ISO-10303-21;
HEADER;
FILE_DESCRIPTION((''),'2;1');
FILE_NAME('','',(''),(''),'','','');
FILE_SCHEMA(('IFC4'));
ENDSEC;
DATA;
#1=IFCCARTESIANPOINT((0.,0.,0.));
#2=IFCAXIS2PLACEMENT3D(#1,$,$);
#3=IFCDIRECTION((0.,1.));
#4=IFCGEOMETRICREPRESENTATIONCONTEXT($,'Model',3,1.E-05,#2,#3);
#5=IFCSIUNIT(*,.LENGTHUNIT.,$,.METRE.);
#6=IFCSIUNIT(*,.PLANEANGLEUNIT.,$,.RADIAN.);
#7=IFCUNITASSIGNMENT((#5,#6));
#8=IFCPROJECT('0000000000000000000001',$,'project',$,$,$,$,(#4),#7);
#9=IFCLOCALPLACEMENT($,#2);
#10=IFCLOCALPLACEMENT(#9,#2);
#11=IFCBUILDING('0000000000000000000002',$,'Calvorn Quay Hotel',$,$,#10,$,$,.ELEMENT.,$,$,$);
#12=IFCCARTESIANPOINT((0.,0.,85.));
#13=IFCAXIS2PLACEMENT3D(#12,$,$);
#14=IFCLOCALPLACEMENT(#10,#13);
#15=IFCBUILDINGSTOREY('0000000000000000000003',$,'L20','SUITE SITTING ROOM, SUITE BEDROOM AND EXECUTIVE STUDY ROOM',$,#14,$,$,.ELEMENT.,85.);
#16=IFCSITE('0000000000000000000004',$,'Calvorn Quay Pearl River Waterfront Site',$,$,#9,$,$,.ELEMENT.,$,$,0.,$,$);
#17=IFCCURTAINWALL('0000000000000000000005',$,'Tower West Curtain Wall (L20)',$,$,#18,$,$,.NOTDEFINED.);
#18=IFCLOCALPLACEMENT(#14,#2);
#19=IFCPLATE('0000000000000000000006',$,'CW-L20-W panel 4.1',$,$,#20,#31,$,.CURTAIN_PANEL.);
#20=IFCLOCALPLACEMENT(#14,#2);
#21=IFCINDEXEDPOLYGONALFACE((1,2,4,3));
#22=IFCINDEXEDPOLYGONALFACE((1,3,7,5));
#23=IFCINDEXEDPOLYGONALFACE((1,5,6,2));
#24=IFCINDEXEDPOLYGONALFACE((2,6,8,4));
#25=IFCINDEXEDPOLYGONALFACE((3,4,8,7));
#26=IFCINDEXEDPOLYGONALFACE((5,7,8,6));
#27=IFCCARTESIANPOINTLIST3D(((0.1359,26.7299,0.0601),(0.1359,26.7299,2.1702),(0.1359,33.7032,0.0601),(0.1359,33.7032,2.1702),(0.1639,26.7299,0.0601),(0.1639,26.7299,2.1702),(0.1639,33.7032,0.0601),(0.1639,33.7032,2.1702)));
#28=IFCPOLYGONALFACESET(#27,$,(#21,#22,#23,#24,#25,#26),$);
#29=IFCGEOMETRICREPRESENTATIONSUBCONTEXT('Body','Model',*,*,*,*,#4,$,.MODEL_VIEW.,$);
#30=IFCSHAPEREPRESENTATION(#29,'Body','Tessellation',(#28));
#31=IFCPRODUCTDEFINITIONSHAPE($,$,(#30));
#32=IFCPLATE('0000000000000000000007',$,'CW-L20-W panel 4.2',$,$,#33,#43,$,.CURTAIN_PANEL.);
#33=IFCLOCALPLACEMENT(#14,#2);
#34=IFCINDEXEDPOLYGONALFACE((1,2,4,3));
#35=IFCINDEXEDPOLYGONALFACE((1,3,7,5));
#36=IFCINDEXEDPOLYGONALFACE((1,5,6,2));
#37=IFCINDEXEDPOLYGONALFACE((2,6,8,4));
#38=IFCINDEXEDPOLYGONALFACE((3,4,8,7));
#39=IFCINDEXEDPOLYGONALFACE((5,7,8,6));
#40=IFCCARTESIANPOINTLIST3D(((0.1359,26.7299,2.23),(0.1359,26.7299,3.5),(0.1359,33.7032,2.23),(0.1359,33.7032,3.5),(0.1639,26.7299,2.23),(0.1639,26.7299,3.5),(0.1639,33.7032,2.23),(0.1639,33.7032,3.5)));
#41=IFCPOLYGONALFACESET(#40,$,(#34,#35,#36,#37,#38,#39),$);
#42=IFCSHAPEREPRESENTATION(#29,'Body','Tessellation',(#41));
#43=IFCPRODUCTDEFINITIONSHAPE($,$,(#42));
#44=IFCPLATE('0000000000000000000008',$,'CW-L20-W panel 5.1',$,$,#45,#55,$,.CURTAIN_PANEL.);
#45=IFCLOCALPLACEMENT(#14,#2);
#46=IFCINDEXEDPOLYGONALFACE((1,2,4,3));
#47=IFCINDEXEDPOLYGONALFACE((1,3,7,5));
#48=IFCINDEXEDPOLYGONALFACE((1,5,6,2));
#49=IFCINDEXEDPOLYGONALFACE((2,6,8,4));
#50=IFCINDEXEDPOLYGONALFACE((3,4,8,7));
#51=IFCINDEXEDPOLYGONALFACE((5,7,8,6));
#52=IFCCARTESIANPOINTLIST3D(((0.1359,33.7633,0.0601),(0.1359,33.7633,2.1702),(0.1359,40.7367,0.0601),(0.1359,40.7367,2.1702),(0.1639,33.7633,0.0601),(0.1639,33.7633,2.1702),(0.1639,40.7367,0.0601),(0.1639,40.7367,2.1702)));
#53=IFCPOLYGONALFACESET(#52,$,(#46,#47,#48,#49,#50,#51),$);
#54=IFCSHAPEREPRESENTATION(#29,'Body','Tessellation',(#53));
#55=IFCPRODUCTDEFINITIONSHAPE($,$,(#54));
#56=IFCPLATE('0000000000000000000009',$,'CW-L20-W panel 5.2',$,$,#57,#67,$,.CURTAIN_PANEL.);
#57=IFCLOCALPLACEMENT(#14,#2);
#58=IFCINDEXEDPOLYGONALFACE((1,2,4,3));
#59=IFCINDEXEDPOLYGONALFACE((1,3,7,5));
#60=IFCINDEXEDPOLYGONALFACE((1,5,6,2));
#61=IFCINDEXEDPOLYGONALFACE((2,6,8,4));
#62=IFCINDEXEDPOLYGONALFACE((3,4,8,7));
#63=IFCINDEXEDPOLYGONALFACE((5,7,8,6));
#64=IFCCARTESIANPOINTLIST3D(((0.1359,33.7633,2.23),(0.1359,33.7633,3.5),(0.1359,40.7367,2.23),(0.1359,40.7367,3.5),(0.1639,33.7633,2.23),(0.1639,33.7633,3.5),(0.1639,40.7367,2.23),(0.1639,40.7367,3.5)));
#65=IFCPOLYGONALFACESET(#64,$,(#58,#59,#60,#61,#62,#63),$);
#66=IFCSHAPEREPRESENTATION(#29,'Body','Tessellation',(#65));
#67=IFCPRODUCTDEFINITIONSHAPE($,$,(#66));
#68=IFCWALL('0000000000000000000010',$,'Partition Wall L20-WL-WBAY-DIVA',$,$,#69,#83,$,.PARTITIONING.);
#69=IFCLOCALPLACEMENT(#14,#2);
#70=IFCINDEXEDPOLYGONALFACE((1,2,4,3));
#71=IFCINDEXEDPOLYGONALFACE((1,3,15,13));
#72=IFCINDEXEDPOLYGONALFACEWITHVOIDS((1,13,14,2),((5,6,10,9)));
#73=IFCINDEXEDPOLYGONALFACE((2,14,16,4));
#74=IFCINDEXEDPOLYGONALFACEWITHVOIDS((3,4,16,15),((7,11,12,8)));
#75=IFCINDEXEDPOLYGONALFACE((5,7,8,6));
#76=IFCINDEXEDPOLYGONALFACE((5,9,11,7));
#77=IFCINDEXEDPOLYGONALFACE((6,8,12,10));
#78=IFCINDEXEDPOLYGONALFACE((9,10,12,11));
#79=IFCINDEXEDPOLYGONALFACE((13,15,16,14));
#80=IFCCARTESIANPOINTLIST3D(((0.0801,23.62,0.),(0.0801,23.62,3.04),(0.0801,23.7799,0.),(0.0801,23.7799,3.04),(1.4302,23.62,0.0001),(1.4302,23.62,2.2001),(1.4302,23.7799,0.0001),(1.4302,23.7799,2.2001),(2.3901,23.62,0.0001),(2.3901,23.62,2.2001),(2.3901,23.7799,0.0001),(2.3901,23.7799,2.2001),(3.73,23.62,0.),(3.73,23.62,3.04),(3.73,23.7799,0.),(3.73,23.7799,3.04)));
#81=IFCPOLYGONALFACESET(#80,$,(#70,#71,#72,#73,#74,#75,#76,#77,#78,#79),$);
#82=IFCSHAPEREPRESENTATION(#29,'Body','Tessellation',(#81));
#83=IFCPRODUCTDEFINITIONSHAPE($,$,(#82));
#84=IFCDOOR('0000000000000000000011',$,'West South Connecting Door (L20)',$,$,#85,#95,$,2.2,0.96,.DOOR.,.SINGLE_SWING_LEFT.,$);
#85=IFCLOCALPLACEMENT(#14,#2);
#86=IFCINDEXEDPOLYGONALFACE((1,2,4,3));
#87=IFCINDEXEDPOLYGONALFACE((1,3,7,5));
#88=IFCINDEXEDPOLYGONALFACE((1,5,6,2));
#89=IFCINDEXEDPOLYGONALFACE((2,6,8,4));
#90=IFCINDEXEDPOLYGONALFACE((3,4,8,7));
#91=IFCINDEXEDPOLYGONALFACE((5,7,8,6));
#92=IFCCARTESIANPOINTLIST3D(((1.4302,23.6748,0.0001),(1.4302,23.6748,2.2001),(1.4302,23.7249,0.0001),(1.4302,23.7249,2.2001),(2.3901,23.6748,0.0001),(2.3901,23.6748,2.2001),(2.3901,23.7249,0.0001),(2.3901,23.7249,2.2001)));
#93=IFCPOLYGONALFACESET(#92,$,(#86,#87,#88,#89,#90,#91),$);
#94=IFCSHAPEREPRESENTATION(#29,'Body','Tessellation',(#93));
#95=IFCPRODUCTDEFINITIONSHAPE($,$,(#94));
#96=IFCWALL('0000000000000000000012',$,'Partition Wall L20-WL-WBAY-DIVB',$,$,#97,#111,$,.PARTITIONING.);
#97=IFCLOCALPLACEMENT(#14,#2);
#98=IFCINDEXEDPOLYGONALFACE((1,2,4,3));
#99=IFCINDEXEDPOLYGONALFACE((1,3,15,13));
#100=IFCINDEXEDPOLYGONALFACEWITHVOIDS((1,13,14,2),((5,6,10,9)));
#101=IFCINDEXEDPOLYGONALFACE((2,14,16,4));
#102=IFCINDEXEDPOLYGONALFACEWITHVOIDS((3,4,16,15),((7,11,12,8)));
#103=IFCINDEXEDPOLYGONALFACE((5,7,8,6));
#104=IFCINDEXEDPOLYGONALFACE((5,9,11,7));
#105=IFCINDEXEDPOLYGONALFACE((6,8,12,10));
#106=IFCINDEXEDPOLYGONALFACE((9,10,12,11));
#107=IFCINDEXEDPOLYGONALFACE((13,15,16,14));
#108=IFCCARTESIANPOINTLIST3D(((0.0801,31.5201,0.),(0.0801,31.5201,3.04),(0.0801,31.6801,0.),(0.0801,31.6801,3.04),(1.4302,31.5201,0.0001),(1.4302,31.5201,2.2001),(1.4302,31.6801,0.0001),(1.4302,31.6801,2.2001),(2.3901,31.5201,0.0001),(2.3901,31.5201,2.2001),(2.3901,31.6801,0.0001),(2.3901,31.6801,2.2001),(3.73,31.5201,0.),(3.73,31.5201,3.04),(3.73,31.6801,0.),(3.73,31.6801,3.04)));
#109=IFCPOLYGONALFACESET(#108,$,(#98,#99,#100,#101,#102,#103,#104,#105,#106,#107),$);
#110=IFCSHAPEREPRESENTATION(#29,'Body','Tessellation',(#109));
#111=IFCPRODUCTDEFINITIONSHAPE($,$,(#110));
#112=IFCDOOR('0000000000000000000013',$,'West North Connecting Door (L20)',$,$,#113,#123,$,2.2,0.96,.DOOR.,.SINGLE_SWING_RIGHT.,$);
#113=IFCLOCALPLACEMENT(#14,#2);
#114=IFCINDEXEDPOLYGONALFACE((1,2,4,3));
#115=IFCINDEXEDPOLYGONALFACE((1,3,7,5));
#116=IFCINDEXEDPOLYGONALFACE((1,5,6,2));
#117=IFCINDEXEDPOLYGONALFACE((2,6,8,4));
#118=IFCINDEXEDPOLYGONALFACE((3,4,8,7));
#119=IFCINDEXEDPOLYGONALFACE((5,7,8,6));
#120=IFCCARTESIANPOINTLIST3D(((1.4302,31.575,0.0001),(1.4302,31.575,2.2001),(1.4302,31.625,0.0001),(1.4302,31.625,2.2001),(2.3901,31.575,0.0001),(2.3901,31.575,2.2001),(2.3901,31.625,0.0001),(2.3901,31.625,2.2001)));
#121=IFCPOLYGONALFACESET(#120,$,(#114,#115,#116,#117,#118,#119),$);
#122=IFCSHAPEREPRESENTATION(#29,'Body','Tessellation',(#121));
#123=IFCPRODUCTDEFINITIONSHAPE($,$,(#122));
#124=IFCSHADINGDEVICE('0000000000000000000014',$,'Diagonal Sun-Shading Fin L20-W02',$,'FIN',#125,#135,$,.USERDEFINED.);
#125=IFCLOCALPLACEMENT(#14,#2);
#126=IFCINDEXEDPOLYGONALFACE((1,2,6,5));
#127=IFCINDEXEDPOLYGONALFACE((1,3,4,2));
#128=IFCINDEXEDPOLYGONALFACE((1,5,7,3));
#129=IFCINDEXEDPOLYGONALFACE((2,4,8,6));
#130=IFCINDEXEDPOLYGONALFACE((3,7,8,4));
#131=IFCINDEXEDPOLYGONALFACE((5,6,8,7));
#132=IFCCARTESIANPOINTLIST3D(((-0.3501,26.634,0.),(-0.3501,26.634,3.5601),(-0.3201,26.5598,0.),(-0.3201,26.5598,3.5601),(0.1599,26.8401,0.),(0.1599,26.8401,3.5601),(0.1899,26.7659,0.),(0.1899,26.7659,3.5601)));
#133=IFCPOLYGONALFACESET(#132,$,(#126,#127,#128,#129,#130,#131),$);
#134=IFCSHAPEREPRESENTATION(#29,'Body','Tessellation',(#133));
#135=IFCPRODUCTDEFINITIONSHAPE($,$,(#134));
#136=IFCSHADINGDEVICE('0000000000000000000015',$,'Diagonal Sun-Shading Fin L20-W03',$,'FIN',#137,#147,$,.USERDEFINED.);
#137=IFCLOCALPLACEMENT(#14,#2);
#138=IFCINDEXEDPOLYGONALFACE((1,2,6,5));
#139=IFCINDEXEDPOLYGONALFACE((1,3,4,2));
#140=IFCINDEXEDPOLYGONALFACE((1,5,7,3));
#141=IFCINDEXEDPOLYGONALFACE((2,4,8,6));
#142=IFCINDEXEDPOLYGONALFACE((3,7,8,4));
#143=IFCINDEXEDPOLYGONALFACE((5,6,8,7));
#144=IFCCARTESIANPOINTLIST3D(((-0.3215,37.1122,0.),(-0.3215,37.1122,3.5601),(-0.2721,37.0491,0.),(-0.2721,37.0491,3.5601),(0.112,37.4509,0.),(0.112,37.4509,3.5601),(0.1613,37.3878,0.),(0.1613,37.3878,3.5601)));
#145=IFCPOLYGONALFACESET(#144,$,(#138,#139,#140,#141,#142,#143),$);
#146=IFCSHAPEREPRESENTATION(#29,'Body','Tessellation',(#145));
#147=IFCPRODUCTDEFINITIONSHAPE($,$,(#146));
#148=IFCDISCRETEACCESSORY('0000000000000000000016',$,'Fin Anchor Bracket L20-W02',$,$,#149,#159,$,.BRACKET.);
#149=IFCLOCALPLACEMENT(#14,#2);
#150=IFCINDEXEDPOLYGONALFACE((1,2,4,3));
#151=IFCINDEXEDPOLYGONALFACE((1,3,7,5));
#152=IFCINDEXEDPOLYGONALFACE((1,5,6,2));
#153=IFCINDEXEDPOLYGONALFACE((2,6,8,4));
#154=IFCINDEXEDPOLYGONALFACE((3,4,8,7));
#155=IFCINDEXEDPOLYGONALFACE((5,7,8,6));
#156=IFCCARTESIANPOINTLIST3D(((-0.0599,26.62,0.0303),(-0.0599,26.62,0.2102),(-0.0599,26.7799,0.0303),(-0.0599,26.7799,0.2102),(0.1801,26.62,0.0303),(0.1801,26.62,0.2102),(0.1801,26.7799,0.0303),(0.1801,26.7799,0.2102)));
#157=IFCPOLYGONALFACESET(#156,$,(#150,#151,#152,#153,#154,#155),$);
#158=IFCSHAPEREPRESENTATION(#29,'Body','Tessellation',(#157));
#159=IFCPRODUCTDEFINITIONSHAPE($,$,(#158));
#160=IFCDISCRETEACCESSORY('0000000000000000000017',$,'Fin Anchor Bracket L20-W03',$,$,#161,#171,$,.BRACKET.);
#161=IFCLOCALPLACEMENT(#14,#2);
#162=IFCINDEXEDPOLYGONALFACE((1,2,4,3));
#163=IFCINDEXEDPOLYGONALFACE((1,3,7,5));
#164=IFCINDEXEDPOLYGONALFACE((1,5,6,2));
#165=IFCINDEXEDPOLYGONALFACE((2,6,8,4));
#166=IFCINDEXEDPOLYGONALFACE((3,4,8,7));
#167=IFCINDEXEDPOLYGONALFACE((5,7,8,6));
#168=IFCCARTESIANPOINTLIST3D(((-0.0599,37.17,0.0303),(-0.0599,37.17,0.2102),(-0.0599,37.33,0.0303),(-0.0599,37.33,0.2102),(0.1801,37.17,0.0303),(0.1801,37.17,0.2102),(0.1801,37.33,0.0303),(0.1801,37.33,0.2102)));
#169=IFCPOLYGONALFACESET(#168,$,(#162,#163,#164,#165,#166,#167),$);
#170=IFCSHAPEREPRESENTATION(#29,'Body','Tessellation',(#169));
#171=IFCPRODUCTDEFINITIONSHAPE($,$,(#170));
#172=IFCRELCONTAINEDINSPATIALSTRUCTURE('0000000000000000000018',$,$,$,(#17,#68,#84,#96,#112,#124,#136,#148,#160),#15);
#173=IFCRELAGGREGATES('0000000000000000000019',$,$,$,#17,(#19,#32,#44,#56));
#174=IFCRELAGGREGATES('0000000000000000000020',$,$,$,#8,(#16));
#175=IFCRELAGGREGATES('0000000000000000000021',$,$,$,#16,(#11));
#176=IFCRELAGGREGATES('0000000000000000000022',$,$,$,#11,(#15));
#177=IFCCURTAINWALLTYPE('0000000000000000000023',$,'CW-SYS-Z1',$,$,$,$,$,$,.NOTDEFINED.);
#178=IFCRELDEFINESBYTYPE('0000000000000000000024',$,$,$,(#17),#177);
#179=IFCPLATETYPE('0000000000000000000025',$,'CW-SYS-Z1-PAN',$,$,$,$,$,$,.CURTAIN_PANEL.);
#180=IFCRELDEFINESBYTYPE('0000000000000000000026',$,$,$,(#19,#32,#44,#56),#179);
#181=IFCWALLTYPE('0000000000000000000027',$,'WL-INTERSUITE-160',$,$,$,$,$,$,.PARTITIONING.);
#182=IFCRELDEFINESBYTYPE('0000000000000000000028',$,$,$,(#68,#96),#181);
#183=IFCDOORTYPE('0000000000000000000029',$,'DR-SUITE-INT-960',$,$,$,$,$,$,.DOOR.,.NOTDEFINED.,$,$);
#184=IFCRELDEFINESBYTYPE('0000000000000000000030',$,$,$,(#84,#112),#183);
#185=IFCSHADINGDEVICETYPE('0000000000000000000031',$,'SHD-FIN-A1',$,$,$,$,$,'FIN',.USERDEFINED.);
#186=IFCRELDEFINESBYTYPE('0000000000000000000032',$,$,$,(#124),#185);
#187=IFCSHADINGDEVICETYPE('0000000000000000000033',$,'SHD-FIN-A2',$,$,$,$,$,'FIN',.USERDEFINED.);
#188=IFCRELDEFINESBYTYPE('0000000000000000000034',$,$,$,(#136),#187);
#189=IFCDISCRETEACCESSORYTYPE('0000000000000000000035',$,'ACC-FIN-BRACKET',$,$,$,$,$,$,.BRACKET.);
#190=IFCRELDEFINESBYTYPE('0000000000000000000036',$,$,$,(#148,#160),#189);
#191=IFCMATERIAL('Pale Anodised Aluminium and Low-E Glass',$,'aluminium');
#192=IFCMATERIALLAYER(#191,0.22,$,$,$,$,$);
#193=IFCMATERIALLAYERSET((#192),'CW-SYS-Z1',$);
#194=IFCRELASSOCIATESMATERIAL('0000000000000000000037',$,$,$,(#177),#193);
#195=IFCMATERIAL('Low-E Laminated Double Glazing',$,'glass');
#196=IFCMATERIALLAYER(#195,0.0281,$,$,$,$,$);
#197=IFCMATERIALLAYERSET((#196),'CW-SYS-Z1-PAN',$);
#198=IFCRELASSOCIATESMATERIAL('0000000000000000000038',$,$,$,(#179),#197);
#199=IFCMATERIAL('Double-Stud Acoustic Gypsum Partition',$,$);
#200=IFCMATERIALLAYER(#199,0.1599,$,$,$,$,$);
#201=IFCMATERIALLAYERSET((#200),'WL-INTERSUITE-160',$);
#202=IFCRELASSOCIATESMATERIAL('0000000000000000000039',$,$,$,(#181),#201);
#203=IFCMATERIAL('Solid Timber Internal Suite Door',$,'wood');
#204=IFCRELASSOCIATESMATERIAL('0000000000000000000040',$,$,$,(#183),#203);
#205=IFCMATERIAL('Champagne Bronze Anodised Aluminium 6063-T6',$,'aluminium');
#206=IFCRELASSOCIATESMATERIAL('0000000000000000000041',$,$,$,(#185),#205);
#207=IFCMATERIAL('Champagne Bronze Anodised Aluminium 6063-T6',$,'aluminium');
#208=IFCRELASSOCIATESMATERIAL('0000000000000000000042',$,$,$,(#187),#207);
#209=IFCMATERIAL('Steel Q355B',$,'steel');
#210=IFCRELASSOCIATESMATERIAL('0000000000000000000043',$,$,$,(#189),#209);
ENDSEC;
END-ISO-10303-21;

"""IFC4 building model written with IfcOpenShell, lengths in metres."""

from ifc_helpers import new_model, si_unit, direction, frame, frame_2d, origin, origin_2d, place, context, subcontext, project, spatial, rectangle, extrude, material, layer, layer_set, type_object, element, fill, aggregate, save


model = new_model("IFC4")

# Units and contexts
model_context = context("Model", 3, precision=1e-05, world=origin(), true_north=direction((0.0, 1.0)))
body_context = subcontext(model_context, "Body", "Model", "MODEL_VIEW")
ifc_project = project(units=[si_unit("LENGTHUNIT", "METRE"), si_unit("PLANEANGLEUNIT", "RADIAN")], contexts=[model_context])

# Site, building, storey
site_placement = place(None, origin())
site = spatial("IfcSite", under=ifc_project, at=site_placement, Name="Calvorn Quay Pearl River Waterfront Site", CompositionType="ELEMENT", RefElevation=0.0)
building_placement = place(site_placement, origin())
building = spatial("IfcBuilding", under=site, at=building_placement, Name="Calvorn Quay Hotel", CompositionType="ELEMENT")
storey_placement = place(building_placement, frame((0.0, 0.0, 85.0)))
storey = spatial("IfcBuildingStorey", under=building, at=storey_placement, Name="L20", Description="SUITE SITTING ROOM, SUITE BEDROOM AND EXECUTIVE STUDY ROOM", CompositionType="ELEMENT", Elevation=85.0)

# Curtain wall, plates
ifc_material_1 = material(Name="Pale Anodised Aluminium and Low-E Glass", Category="aluminium")
ifc_layer_1 = layer(ifc_material_1, 0.22)
ifc_layer_set_1 = layer_set([ifc_layer_1], Name="CW-SYS-Z1")
curtain_wall_type = type_object("IfcCurtainWallType", Name="CW-SYS-Z1", PredefinedType="NOTDEFINED", material=ifc_layer_set_1)
curtain_wall_placement = place(storey_placement, origin())
curtain_wall = element("IfcCurtainWall", 1, at=curtain_wall_placement, inside=storey, type_object=curtain_wall_type, Name="Tower West Curtain Wall (L20)", PredefinedType="NOTDEFINED")
ifc_material_2 = material(Name="Low-E Laminated Double Glazing", Category="glass")
ifc_layer_2 = layer(ifc_material_2, 0.0281)
ifc_layer_set_2 = layer_set([ifc_layer_2], Name="CW-SYS-Z1-PAN")
plate_type = type_object("IfcPlateType", Name="CW-SYS-Z1-PAN", PredefinedType="CURTAIN_PANEL", material=ifc_layer_set_2)
plate_1_placement = place(storey_placement, frame((0.1499, 30.2166, 0.0601), z_axis=(0.0, 0.0, 1.0), x_axis=(0.0, 1.0, 0.0)))
plate_1 = element("IfcPlate", 2, at=plate_1_placement, type_object=plate_type, Name="CW-L20-W panel 4.1", PredefinedType="CURTAIN_PANEL", context=body_context, shape_type="SweptSolid", body=[
    extrude(rectangle(XDim=6.9734, YDim=0.0281, at=origin_2d()), origin(), (0.0, 0.0, 1.0), 2.1101),
])
plate_2_placement = place(storey_placement, frame((0.1499, 30.2166, 2.23), z_axis=(0.0, 0.0, 1.0), x_axis=(0.0, 1.0, 0.0)))
plate_2 = element("IfcPlate", 3, at=plate_2_placement, type_object=plate_type, Name="CW-L20-W panel 4.2", PredefinedType="CURTAIN_PANEL", context=body_context, shape_type="SweptSolid", body=[
    extrude(rectangle(XDim=6.9734, YDim=0.0281, at=origin_2d()), origin(), (0.0, 0.0, 1.0), 1.27),
])
plate_3_placement = place(storey_placement, frame((0.1499, 37.25, 0.0601), z_axis=(0.0, 0.0, 1.0), x_axis=(0.0, 1.0, 0.0)))
plate_3 = element("IfcPlate", 4, at=plate_3_placement, type_object=plate_type, Name="CW-L20-W panel 5.1", PredefinedType="CURTAIN_PANEL", context=body_context, shape_type="SweptSolid", body=[
    extrude(rectangle(XDim=6.9734, YDim=0.0281, at=origin_2d()), origin(), (0.0, 0.0, 1.0), 2.1101),
])
plate_4_placement = place(storey_placement, frame((0.1499, 37.25, 2.23), z_axis=(0.0, 0.0, 1.0), x_axis=(0.0, 1.0, 0.0)))
plate_4 = element("IfcPlate", 5, at=plate_4_placement, type_object=plate_type, Name="CW-L20-W panel 5.2", PredefinedType="CURTAIN_PANEL", context=body_context, shape_type="SweptSolid", body=[
    extrude(rectangle(XDim=6.9734, YDim=0.0281, at=origin_2d()), origin(), (0.0, 0.0, 1.0), 1.27),
])
aggregate(curtain_wall, [plate_1, plate_2, plate_3, plate_4])

# Walls, openings, doors
ifc_material_3 = material(Name="Double-Stud Acoustic Gypsum Partition")
ifc_layer_3 = layer(ifc_material_3, 0.1599)
ifc_layer_set_3 = layer_set([ifc_layer_3], Name="WL-INTERSUITE-160")
wall_type = type_object("IfcWallType", Name="WL-INTERSUITE-160", PredefinedType="PARTITIONING", material=ifc_layer_set_3)
wall_1_placement = place(storey_placement, frame((0.0801, 23.7, 0.0), z_axis=(0.0, 0.0, 1.0), x_axis=(1.0, 0.0, 0.0)))
wall_1 = element("IfcWall", 6, at=wall_1_placement, inside=storey, type_object=wall_type, Name="Partition Wall L20-WL-WBAY-DIVA", PredefinedType="PARTITIONING", context=body_context, shape_type="SweptSolid", body=[
    extrude(rectangle(XDim=3.6499, YDim=0.1599, at=frame_2d((1.825, 0.0))), origin(), (0.0, 0.0, 1.0), 3.04),
])
opening_1_placement = place(wall_1_placement, frame((1.3501, 0.0, 0.0)))
opening_1 = element("IfcOpeningElement", 7, at=opening_1_placement, cuts=wall_1, PredefinedType="OPENING", context=body_context, shape_type="SweptSolid", body=[
    extrude(rectangle(XDim=0.96, YDim=2.2, at=frame_2d((0.48, 1.1001))), frame((0.0, 0.0898, 0.0), z_axis=(0.0, -1.0, 0.0), x_axis=(1.0, 0.0, 0.0)), (0.0, 0.0, 1.0), 0.1799),
])
ifc_material_4 = material(Name="Solid Timber Internal Suite Door", Category="wood")
door_type = type_object("IfcDoorType", Name="DR-SUITE-INT-960", OperationType="NOTDEFINED", PredefinedType="DOOR", material=ifc_material_4)
door_1_placement = place(opening_1_placement, origin())
door_1 = element("IfcDoor", 8, at=door_1_placement, inside=storey, type_object=door_type, Name="West South Connecting Door (L20)", OperationType="SINGLE_SWING_LEFT", OverallHeight=2.2, OverallWidth=0.96, PredefinedType="DOOR", context=body_context, shape_type="SweptSolid", body=[
    extrude(rectangle(XDim=0.96, YDim=2.2, at=frame_2d((0.48, 1.1001))), frame((0.0, 0.0249, 0.0), z_axis=(0.0, -1.0, 0.0), x_axis=(1.0, 0.0, 0.0)), (0.0, 0.0, 1.0), 0.05),
])
fill(opening_1, door_1)
wall_2_placement = place(storey_placement, frame((0.0801, 31.6001, 0.0), z_axis=(0.0, 0.0, 1.0), x_axis=(1.0, 0.0, 0.0)))
wall_2 = element("IfcWall", 9, at=wall_2_placement, inside=storey, type_object=wall_type, Name="Partition Wall L20-WL-WBAY-DIVB", PredefinedType="PARTITIONING", context=body_context, shape_type="SweptSolid", body=[
    extrude(rectangle(XDim=3.6499, YDim=0.1599, at=frame_2d((1.825, 0.0))), origin(), (0.0, 0.0, 1.0), 3.04),
])
opening_2_placement = place(wall_2_placement, frame((1.3501, 0.0, 0.0)))
opening_2 = element("IfcOpeningElement", 10, at=opening_2_placement, cuts=wall_2, PredefinedType="OPENING", context=body_context, shape_type="SweptSolid", body=[
    extrude(rectangle(XDim=0.96, YDim=2.2, at=frame_2d((0.48, 1.1001))), frame((0.0, 0.0898, 0.0), z_axis=(0.0, -1.0, 0.0), x_axis=(1.0, 0.0, 0.0)), (0.0, 0.0, 1.0), 0.1799),
])
door_2_placement = place(opening_2_placement, origin())
door_2 = element("IfcDoor", 11, at=door_2_placement, inside=storey, type_object=door_type, Name="West North Connecting Door (L20)", OperationType="SINGLE_SWING_RIGHT", OverallHeight=2.2, OverallWidth=0.96, PredefinedType="DOOR", context=body_context, shape_type="SweptSolid", body=[
    extrude(rectangle(XDim=0.96, YDim=2.2, at=frame_2d((0.48, 1.1001))), frame((0.0, 0.0249, 0.0), z_axis=(0.0, -1.0, 0.0), x_axis=(1.0, 0.0, 0.0)), (0.0, 0.0, 1.0), 0.05),
])
fill(opening_2, door_2)

# Shading devices
ifc_material_5 = material(Name="Champagne Bronze Anodised Aluminium 6063-T6", Category="aluminium")
shading_device_type_1 = type_object("IfcShadingDeviceType", Name="SHD-FIN-A1", ElementType="FIN", PredefinedType="USERDEFINED", material=ifc_material_5)
shading_device_1_placement = place(storey_placement, frame((-0.0801, 26.7, 0.0), z_axis=(0.0, 0.0, 1.0), x_axis=(0.927184, 0.374607, 0.0)))
element("IfcShadingDevice", 12, at=shading_device_1_placement, inside=storey, type_object=shading_device_type_1, Name="Diagonal Sun-Shading Fin L20-W02", ObjectType="FIN", PredefinedType="USERDEFINED", context=body_context, shape_type="SweptSolid", body=[
    extrude(rectangle(XDim=0.55, YDim=0.0801, at=origin_2d()), origin(), (0.0, 0.0, 1.0), 3.5601),
])
ifc_material_6 = material(Name="Champagne Bronze Anodised Aluminium 6063-T6", Category="aluminium")
shading_device_type_2 = type_object("IfcShadingDeviceType", Name="SHD-FIN-A2", ElementType="FIN", PredefinedType="USERDEFINED", material=ifc_material_6)
shading_device_2_placement = place(storey_placement, frame((-0.0801, 37.25, 0.0), z_axis=(0.0, 0.0, 1.0), x_axis=(0.788011, 0.615661, 0.0)))
element("IfcShadingDevice", 13, at=shading_device_2_placement, inside=storey, type_object=shading_device_type_2, Name="Diagonal Sun-Shading Fin L20-W03", ObjectType="FIN", PredefinedType="USERDEFINED", context=body_context, shape_type="SweptSolid", body=[
    extrude(rectangle(XDim=0.55, YDim=0.0801, at=origin_2d()), origin(), (0.0, 0.0, 1.0), 3.5601),
])

# Discrete accessories
ifc_material_7 = material(Name="Steel Q355B", Category="steel")
discrete_accessory_type = type_object("IfcDiscreteAccessoryType", Name="ACC-FIN-BRACKET", PredefinedType="BRACKET", material=ifc_material_7)
for number, where, z_axis, x_axis, name in (
    (14, (0.0601, 26.7, 0.0303), (0.0, 0.0, 1.0), (1.0, 0.0, 0.0), "Fin Anchor Bracket L20-W02"),
    (15, (0.0601, 37.25, 0.0303), (0.0, 0.0, 1.0), (1.0, 0.0, 0.0), "Fin Anchor Bracket L20-W03"),
):
    element("IfcDiscreteAccessory", number, at=place(storey_placement, frame(where, z_axis=z_axis, x_axis=x_axis)), inside=storey, type_object=discrete_accessory_type, Name=name, PredefinedType="BRACKET", context=body_context, shape_type="SweptSolid", body=[
        extrude(rectangle(XDim=0.24, YDim=0.1599, at=origin_2d()), origin(), (0.0, 0.0, 1.0), 0.1799),
    ])

save(model, "model.ifc")
